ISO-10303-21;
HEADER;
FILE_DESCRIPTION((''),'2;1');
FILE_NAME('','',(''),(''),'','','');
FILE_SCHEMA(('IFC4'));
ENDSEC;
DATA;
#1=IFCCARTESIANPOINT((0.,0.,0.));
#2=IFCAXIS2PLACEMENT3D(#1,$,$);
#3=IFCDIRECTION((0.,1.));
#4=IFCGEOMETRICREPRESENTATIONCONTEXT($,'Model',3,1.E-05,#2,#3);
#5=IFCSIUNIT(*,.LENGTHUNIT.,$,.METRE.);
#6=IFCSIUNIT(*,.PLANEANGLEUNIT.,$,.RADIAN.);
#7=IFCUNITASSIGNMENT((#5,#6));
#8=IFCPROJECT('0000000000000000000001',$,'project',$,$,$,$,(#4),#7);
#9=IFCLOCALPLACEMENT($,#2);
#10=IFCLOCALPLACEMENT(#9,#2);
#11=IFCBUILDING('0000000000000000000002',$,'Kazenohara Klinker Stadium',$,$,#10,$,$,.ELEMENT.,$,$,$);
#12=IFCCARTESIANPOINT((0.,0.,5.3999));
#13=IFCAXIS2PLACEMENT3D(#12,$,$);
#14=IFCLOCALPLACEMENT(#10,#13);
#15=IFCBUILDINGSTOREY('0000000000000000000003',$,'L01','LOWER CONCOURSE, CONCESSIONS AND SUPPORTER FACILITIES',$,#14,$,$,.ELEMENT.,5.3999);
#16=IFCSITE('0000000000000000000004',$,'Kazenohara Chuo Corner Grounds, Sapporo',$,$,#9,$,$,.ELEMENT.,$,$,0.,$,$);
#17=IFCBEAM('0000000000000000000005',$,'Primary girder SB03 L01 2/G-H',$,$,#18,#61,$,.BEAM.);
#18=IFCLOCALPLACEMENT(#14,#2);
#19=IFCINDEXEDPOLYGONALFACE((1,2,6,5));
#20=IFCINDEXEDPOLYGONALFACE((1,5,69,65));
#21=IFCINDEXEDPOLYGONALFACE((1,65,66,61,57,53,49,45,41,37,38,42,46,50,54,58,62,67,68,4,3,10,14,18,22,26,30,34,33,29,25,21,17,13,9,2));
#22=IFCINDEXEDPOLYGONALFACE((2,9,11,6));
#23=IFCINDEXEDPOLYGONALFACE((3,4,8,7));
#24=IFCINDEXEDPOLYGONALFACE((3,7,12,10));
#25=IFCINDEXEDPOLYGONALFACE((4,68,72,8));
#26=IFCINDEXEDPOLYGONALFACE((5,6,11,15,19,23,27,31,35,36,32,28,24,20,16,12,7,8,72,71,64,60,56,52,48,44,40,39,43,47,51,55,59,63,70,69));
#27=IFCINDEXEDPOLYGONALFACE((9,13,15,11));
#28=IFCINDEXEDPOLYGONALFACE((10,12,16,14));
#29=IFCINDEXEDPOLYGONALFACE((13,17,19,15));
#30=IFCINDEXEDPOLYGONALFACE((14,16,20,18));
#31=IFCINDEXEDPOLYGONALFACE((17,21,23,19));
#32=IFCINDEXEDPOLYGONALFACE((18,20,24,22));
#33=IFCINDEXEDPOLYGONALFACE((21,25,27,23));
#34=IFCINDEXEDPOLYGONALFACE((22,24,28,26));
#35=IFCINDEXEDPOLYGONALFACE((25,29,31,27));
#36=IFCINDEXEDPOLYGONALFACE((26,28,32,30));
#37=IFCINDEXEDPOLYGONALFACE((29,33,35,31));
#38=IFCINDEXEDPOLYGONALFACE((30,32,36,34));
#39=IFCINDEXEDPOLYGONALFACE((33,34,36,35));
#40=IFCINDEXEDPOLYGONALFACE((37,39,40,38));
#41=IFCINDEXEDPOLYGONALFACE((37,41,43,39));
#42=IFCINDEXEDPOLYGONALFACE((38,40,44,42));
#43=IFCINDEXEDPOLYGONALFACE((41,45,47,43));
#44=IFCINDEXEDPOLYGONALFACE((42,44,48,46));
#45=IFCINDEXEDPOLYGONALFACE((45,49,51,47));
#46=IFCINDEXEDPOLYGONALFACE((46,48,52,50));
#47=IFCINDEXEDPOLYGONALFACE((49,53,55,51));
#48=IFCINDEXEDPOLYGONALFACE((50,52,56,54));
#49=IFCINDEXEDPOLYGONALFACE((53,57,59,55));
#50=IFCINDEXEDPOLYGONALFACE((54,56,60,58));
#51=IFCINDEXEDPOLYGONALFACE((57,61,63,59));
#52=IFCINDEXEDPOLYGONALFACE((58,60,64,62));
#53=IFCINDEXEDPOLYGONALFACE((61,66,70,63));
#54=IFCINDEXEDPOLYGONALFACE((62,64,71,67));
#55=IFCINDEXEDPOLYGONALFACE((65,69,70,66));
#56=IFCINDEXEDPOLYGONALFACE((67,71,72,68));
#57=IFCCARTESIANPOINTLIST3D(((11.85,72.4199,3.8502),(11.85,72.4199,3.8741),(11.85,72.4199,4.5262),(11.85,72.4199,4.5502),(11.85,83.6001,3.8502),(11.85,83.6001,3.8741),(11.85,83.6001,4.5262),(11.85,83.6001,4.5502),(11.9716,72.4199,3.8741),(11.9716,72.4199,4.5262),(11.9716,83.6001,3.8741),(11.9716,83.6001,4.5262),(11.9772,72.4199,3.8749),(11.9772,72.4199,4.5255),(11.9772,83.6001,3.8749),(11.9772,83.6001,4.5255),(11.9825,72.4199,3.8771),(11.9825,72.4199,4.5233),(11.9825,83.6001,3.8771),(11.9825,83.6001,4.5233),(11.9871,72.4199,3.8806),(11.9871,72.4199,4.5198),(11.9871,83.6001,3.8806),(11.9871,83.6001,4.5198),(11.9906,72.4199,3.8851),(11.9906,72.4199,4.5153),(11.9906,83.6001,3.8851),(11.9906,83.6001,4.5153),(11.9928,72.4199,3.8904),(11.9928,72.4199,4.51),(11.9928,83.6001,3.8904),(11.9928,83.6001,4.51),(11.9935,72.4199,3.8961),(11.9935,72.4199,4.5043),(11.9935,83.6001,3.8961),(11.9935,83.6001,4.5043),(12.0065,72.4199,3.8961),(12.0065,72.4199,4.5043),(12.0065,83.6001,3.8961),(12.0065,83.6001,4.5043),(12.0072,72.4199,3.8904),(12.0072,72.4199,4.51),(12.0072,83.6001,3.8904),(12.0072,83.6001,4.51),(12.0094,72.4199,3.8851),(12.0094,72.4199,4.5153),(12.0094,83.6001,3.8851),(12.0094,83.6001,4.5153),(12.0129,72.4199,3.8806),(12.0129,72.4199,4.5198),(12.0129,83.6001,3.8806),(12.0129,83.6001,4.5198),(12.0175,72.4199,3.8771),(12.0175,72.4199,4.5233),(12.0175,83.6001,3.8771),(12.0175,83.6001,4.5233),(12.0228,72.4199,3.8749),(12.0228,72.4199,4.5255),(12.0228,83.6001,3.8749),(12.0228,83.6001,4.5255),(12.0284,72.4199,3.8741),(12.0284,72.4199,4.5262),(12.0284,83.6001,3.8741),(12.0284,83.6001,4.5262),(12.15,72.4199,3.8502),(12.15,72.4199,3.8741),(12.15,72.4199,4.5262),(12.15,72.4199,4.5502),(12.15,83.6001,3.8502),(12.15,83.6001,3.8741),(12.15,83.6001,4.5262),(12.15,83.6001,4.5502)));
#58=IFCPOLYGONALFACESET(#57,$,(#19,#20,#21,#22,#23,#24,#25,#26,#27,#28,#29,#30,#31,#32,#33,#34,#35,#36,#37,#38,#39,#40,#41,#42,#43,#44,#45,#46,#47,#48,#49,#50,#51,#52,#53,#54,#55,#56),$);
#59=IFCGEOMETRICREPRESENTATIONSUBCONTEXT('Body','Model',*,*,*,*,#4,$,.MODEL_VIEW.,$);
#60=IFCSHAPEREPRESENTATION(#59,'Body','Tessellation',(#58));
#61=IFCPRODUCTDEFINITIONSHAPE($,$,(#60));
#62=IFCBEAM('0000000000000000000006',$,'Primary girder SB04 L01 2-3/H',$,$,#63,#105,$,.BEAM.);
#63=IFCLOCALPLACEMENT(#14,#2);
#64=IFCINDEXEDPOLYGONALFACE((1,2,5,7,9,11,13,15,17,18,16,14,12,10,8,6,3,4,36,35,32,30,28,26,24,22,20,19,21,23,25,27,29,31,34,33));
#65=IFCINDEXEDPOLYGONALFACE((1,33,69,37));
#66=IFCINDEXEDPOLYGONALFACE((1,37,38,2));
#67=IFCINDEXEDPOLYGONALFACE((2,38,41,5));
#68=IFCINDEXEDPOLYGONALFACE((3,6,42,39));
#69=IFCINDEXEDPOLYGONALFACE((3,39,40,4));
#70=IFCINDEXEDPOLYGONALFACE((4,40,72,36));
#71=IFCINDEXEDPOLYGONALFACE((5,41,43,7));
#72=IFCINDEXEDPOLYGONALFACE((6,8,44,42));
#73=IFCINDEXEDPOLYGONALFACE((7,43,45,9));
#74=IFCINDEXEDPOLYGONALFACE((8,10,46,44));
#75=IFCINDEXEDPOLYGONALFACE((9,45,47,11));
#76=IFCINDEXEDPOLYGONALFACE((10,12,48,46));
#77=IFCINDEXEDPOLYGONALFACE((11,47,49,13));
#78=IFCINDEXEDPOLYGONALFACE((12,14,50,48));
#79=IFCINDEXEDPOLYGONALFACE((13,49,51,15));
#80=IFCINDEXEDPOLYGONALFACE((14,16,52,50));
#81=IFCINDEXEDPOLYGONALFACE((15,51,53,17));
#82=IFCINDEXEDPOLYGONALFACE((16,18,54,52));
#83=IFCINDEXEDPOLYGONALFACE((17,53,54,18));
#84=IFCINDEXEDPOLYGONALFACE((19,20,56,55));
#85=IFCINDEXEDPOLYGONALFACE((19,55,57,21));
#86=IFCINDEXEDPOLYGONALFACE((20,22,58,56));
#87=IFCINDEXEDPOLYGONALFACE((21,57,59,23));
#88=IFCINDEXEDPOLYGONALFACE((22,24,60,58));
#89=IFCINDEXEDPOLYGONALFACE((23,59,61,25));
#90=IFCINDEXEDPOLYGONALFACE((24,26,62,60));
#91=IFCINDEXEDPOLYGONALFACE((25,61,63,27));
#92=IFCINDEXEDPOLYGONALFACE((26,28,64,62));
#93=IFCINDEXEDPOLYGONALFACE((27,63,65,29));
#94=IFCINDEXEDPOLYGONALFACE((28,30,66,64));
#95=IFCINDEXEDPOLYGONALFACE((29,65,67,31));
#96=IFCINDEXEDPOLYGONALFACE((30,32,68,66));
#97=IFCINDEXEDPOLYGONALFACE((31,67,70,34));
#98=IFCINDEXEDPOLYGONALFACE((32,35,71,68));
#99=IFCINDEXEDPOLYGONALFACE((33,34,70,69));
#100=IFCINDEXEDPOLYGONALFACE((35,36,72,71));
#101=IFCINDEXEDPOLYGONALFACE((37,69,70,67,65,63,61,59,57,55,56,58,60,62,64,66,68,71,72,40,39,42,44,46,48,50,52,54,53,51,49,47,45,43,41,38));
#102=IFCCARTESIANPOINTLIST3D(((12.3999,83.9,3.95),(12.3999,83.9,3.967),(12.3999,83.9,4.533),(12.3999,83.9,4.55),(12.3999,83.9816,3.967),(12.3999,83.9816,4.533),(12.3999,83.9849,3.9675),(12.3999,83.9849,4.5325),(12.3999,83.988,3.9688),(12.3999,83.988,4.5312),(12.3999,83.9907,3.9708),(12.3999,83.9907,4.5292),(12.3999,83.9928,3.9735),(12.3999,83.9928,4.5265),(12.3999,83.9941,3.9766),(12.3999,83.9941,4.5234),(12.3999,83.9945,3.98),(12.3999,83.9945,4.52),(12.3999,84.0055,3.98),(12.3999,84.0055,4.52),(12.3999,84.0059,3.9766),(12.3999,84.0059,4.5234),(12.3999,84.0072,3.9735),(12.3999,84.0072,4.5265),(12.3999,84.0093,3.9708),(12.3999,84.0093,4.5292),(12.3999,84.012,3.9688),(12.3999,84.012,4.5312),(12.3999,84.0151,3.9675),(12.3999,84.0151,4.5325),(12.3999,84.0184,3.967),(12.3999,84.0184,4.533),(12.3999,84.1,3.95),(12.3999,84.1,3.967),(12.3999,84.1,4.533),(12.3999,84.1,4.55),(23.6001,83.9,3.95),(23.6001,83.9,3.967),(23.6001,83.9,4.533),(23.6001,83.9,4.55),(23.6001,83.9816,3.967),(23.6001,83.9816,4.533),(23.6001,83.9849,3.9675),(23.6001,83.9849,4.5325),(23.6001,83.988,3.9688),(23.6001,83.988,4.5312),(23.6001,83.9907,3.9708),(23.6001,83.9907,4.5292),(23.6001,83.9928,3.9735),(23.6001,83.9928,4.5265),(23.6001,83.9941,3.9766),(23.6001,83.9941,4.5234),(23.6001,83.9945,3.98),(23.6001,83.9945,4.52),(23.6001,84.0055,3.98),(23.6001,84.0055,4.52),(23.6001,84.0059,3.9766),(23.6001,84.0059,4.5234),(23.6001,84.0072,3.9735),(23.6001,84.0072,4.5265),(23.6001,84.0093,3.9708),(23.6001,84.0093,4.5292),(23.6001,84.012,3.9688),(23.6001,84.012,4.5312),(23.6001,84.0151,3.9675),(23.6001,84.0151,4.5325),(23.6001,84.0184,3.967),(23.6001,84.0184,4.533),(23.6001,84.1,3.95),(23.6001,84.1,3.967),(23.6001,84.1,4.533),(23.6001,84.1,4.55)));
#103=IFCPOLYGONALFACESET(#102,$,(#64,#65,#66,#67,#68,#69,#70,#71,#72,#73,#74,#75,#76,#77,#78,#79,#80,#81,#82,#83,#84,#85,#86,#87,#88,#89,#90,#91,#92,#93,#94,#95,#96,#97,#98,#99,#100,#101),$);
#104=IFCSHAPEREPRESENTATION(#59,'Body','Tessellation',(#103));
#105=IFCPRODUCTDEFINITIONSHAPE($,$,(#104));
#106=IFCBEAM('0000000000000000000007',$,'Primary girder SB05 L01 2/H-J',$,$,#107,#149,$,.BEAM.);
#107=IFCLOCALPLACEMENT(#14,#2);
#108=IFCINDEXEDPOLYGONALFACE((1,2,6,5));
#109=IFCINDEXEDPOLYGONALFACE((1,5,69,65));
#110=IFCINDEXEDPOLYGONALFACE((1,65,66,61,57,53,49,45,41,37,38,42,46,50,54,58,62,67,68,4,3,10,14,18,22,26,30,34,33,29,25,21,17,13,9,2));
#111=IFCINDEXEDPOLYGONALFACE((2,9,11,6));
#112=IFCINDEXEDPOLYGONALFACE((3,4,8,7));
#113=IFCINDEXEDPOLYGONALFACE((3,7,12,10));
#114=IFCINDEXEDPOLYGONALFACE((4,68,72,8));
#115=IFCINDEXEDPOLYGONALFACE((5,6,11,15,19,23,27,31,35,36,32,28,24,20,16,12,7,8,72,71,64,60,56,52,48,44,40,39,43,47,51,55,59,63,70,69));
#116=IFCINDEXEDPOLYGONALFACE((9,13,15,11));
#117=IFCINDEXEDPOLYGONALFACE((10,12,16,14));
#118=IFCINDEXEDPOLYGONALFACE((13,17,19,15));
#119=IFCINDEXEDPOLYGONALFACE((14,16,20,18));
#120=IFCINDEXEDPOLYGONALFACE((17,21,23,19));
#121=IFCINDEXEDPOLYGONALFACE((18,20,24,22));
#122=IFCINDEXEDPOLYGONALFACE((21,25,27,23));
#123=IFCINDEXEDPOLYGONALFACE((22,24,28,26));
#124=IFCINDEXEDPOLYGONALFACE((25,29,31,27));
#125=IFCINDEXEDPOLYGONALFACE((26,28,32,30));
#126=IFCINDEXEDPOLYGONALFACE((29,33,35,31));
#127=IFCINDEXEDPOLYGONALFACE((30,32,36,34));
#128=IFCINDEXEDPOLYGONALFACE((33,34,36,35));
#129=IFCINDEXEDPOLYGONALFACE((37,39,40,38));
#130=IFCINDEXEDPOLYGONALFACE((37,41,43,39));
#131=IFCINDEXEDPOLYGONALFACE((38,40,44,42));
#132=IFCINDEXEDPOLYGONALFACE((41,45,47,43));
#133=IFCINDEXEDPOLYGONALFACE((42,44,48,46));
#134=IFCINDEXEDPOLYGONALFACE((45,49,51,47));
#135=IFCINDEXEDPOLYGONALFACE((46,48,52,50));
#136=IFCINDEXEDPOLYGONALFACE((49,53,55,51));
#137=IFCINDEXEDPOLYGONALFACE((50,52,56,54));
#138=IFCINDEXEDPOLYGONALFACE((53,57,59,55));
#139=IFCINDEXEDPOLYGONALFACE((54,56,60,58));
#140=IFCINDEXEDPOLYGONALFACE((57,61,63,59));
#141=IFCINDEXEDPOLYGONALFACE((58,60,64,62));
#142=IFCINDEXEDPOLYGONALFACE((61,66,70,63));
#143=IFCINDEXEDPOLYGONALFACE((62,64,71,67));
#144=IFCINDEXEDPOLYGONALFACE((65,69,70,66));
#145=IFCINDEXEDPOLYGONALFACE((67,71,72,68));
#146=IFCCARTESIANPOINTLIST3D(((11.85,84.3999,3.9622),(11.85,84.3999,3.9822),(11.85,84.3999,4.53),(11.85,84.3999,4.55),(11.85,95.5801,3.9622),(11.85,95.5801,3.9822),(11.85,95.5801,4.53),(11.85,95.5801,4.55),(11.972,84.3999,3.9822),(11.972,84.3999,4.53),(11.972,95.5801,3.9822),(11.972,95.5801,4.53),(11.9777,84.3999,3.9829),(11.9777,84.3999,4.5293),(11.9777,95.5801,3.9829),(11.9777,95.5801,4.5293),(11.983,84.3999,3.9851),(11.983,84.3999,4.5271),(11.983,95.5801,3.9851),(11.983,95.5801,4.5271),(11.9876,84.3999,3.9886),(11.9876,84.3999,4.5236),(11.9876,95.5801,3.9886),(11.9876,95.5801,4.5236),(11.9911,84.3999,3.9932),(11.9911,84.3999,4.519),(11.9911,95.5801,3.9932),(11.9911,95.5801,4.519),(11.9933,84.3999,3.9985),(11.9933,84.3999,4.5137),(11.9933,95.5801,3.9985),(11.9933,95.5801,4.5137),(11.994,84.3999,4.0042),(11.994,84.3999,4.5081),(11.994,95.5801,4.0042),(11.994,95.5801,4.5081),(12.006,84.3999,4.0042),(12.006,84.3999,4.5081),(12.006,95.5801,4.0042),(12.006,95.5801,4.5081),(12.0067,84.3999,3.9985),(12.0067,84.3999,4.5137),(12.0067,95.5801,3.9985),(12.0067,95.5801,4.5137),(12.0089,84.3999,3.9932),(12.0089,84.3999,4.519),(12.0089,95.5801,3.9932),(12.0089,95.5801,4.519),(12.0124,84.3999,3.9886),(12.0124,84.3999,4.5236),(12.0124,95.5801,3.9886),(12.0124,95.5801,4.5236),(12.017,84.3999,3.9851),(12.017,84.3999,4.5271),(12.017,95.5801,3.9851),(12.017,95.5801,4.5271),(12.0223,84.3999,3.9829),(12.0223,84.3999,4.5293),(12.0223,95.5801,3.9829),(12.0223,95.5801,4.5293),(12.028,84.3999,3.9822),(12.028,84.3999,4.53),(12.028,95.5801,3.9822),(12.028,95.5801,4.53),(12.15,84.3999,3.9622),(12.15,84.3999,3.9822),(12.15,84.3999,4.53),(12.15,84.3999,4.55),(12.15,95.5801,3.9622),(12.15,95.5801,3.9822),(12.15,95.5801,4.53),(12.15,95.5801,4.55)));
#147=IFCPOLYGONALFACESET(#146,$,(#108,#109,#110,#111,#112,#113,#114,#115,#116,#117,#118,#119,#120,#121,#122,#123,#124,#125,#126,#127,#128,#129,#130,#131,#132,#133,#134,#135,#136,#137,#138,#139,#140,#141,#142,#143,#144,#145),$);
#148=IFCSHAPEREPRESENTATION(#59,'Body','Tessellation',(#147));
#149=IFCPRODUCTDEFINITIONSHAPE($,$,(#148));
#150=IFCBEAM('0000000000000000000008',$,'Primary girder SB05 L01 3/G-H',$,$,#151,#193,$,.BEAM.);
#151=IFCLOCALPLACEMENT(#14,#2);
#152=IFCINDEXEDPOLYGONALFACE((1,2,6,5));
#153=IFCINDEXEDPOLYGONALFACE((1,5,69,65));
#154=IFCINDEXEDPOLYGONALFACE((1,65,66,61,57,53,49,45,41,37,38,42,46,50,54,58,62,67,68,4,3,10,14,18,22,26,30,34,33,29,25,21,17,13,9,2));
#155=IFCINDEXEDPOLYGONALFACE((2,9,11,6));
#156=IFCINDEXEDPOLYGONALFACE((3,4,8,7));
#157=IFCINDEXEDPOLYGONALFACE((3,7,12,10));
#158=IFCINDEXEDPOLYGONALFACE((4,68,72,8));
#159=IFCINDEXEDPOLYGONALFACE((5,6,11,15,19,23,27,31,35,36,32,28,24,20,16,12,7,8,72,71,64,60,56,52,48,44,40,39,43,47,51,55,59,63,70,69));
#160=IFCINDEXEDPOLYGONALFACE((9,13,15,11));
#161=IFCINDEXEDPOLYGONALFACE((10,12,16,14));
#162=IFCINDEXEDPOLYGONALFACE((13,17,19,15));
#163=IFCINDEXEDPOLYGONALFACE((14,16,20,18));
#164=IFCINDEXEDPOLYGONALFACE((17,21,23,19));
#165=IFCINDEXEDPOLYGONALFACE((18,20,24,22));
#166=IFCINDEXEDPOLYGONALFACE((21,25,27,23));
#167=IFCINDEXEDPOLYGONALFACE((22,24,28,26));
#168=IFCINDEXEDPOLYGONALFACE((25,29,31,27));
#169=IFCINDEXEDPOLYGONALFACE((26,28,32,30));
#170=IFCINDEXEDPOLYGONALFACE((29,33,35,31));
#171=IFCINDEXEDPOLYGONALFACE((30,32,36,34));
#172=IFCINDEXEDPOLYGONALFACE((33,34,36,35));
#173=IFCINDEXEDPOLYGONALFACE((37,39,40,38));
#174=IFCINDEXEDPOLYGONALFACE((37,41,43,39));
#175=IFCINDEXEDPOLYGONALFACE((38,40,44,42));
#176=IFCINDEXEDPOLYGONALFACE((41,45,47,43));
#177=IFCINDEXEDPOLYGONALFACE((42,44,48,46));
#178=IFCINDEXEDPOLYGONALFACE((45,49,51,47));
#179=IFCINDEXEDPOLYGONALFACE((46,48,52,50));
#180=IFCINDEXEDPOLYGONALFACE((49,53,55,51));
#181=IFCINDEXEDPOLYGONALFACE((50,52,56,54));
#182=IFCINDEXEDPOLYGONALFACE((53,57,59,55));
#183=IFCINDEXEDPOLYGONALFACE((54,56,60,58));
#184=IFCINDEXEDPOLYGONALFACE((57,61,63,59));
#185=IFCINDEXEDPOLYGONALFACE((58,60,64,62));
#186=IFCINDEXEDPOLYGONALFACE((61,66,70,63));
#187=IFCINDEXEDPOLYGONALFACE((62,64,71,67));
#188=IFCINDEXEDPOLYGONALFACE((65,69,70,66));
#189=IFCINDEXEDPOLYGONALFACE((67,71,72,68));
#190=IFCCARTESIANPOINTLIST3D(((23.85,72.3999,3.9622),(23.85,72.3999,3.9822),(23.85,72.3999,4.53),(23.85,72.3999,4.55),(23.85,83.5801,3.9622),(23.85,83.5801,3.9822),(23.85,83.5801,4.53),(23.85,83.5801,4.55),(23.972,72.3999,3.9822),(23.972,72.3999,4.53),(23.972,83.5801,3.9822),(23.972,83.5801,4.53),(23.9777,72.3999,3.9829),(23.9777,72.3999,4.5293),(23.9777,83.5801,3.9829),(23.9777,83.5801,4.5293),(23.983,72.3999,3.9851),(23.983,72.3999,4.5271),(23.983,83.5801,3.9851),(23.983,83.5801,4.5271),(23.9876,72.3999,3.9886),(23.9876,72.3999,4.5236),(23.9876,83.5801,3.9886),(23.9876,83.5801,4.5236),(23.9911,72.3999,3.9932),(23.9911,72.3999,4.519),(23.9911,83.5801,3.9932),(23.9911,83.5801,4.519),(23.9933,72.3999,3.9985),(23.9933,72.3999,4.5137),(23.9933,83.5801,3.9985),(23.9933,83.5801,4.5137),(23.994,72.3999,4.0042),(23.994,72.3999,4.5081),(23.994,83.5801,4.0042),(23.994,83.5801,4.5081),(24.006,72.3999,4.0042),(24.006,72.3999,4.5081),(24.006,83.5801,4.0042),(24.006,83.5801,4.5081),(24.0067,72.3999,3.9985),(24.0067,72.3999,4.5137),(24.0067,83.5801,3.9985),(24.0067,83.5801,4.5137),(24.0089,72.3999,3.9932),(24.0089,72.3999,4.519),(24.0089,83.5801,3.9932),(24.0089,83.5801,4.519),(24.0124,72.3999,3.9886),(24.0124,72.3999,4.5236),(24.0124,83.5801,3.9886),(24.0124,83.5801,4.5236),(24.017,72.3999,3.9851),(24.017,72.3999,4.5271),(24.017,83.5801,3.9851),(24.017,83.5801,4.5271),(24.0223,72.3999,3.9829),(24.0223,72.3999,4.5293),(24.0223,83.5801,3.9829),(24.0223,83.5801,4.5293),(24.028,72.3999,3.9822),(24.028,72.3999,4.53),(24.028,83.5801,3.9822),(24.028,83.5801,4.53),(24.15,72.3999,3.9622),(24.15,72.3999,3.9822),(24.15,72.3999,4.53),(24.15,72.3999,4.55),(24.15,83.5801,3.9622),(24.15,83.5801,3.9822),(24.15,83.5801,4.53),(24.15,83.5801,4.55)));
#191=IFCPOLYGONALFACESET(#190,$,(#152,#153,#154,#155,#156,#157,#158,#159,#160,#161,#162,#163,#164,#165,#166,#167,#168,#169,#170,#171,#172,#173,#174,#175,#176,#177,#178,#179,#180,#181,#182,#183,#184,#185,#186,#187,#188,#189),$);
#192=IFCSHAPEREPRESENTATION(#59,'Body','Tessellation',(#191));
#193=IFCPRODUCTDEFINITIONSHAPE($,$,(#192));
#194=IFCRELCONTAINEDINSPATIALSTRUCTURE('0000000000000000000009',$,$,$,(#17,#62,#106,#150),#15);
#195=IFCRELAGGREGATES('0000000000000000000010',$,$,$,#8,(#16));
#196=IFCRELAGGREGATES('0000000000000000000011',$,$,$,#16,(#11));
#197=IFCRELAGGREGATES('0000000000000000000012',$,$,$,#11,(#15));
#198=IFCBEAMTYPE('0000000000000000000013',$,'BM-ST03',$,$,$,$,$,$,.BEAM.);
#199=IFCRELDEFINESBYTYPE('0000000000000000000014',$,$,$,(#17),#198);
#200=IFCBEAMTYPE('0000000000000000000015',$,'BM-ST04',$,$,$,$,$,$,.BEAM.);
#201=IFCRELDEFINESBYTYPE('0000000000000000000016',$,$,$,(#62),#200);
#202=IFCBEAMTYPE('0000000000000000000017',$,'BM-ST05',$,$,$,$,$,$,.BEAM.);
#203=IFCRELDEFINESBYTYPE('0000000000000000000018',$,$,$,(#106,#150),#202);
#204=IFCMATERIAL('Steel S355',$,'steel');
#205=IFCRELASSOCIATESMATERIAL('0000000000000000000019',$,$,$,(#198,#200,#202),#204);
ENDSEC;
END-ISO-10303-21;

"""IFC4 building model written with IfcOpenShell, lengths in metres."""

from ifc_helpers import new_model, si_unit, direction, frame, origin, origin_2d, place, context, subcontext, project, spatial, i_section, extrude, material, material_profile, profile_set, type_object, element, save


model = new_model("IFC4")

# Units and contexts
model_context = context("Model", 3, precision=1e-05, world=origin(), true_north=direction((0.0, 1.0)))
body_context = subcontext(model_context, "Body", "Model", "MODEL_VIEW")
ifc_project = project(units=[si_unit("LENGTHUNIT", "METRE"), si_unit("PLANEANGLEUNIT", "RADIAN")], contexts=[model_context])

# Site, building, storey
site_placement = place(None, origin())
site = spatial("IfcSite", under=ifc_project, at=site_placement, Name="Kazenohara Chuo Corner Grounds, Sapporo", CompositionType="ELEMENT", RefElevation=0.0)
building_placement = place(site_placement, origin())
building = spatial("IfcBuilding", under=site, at=building_placement, Name="Kazenohara Klinker Stadium", CompositionType="ELEMENT")
storey_placement = place(building_placement, frame((0.0, 0.0, 5.3999)))
storey = spatial("IfcBuildingStorey", under=building, at=storey_placement, Name="L01", Description="LOWER CONCOURSE, CONCESSIONS AND SUPPORTER FACILITIES", CompositionType="ELEMENT", Elevation=5.3999)

# Beams
ifc_material_1 = material(Name="Steel S355", Category="steel")
ifc_material_profile_1 = material_profile(ifc_material_1, i_section(OverallWidth=0.3, OverallDepth=0.7, WebThickness=0.0129, FlangeThickness=0.0239, FilletRadius=0.022, at=origin_2d()), Name="H-700x300x13x24")
ifc_profile_set_1 = profile_set([ifc_material_profile_1], Name="Steel S355")
beam_type_1 = type_object("IfcBeamType", Name="BM-ST03", PredefinedType="BEAM", material=ifc_profile_set_1)
for number, where, z_axis, x_axis, name in (
    (1, (12.0, 72.4199, 4.2002), (0.0, 1.0, 0.0), (-1.0, 0.0, 0.0), "Primary girder SB03 L01 2/G-H"),
):
    element("IfcBeam", number, at=place(storey_placement, frame(where, z_axis=z_axis, x_axis=x_axis)), inside=storey, type_object=beam_type_1, Name=name, PredefinedType="BEAM", context=body_context, shape_type="SweptSolid", body=[
        extrude(i_section(OverallWidth=0.3, OverallDepth=0.7, WebThickness=0.0129, FlangeThickness=0.0239, FilletRadius=0.022, at=origin_2d()), origin(), (0.0, 0.0, 1.0), 11.1802),
    ])
ifc_material_profile_2 = material_profile(ifc_material_1, i_section(OverallWidth=0.2, OverallDepth=0.6001, WebThickness=0.011, FlangeThickness=0.0171, FilletRadius=0.0129, at=origin_2d()), Name="H-600x200x11x17")
ifc_profile_set_2 = profile_set([ifc_material_profile_2], Name="Steel S355")
beam_type_2 = type_object("IfcBeamType", Name="BM-ST04", PredefinedType="BEAM", material=ifc_profile_set_2)
beam_1_placement = place(storey_placement, frame((12.3999, 84.0, 4.25), z_axis=(1.0, 0.0, 0.0), x_axis=(0.0, 1.0, 0.0)))
element("IfcBeam", 2, at=beam_1_placement, inside=storey, type_object=beam_type_2, Name="Primary girder SB04 L01 2-3/H", PredefinedType="BEAM", context=body_context, shape_type="SweptSolid", body=[
    extrude(i_section(OverallWidth=0.2, OverallDepth=0.6001, WebThickness=0.011, FlangeThickness=0.0171, FilletRadius=0.0129, at=origin_2d()), origin(), (0.0, 0.0, 1.0), 11.2002),
])
ifc_material_profile_3 = material_profile(ifc_material_1, i_section(OverallWidth=0.3, OverallDepth=0.5879, WebThickness=0.012, FlangeThickness=0.02, FilletRadius=0.022, at=origin_2d()), Name="H-588x300x12x20")
ifc_profile_set_3 = profile_set([ifc_material_profile_3], Name="Steel S355")
beam_type_3 = type_object("IfcBeamType", Name="BM-ST05", PredefinedType="BEAM", material=ifc_profile_set_3)
for number, where, z_axis, x_axis, name in (
    (3, (12.0, 84.3999, 4.2561), (0.0, 1.0, 0.0), (-1.0, 0.0, 0.0), "Primary girder SB05 L01 2/H-J"),
    (4, (24.0, 72.3999, 4.2561), (0.0, 1.0, 0.0), (-1.0, 0.0, 0.0), "Primary girder SB05 L01 3/G-H"),
):
    element("IfcBeam", number, at=place(storey_placement, frame(where, z_axis=z_axis, x_axis=x_axis)), inside=storey, type_object=beam_type_3, Name=name, PredefinedType="BEAM", context=body_context, shape_type="SweptSolid", body=[
        extrude(i_section(OverallWidth=0.3, OverallDepth=0.5879, WebThickness=0.012, FlangeThickness=0.02, FilletRadius=0.022, at=origin_2d()), origin(), (0.0, 0.0, 1.0), 11.1802),
    ])

save(model, "model.ifc")
